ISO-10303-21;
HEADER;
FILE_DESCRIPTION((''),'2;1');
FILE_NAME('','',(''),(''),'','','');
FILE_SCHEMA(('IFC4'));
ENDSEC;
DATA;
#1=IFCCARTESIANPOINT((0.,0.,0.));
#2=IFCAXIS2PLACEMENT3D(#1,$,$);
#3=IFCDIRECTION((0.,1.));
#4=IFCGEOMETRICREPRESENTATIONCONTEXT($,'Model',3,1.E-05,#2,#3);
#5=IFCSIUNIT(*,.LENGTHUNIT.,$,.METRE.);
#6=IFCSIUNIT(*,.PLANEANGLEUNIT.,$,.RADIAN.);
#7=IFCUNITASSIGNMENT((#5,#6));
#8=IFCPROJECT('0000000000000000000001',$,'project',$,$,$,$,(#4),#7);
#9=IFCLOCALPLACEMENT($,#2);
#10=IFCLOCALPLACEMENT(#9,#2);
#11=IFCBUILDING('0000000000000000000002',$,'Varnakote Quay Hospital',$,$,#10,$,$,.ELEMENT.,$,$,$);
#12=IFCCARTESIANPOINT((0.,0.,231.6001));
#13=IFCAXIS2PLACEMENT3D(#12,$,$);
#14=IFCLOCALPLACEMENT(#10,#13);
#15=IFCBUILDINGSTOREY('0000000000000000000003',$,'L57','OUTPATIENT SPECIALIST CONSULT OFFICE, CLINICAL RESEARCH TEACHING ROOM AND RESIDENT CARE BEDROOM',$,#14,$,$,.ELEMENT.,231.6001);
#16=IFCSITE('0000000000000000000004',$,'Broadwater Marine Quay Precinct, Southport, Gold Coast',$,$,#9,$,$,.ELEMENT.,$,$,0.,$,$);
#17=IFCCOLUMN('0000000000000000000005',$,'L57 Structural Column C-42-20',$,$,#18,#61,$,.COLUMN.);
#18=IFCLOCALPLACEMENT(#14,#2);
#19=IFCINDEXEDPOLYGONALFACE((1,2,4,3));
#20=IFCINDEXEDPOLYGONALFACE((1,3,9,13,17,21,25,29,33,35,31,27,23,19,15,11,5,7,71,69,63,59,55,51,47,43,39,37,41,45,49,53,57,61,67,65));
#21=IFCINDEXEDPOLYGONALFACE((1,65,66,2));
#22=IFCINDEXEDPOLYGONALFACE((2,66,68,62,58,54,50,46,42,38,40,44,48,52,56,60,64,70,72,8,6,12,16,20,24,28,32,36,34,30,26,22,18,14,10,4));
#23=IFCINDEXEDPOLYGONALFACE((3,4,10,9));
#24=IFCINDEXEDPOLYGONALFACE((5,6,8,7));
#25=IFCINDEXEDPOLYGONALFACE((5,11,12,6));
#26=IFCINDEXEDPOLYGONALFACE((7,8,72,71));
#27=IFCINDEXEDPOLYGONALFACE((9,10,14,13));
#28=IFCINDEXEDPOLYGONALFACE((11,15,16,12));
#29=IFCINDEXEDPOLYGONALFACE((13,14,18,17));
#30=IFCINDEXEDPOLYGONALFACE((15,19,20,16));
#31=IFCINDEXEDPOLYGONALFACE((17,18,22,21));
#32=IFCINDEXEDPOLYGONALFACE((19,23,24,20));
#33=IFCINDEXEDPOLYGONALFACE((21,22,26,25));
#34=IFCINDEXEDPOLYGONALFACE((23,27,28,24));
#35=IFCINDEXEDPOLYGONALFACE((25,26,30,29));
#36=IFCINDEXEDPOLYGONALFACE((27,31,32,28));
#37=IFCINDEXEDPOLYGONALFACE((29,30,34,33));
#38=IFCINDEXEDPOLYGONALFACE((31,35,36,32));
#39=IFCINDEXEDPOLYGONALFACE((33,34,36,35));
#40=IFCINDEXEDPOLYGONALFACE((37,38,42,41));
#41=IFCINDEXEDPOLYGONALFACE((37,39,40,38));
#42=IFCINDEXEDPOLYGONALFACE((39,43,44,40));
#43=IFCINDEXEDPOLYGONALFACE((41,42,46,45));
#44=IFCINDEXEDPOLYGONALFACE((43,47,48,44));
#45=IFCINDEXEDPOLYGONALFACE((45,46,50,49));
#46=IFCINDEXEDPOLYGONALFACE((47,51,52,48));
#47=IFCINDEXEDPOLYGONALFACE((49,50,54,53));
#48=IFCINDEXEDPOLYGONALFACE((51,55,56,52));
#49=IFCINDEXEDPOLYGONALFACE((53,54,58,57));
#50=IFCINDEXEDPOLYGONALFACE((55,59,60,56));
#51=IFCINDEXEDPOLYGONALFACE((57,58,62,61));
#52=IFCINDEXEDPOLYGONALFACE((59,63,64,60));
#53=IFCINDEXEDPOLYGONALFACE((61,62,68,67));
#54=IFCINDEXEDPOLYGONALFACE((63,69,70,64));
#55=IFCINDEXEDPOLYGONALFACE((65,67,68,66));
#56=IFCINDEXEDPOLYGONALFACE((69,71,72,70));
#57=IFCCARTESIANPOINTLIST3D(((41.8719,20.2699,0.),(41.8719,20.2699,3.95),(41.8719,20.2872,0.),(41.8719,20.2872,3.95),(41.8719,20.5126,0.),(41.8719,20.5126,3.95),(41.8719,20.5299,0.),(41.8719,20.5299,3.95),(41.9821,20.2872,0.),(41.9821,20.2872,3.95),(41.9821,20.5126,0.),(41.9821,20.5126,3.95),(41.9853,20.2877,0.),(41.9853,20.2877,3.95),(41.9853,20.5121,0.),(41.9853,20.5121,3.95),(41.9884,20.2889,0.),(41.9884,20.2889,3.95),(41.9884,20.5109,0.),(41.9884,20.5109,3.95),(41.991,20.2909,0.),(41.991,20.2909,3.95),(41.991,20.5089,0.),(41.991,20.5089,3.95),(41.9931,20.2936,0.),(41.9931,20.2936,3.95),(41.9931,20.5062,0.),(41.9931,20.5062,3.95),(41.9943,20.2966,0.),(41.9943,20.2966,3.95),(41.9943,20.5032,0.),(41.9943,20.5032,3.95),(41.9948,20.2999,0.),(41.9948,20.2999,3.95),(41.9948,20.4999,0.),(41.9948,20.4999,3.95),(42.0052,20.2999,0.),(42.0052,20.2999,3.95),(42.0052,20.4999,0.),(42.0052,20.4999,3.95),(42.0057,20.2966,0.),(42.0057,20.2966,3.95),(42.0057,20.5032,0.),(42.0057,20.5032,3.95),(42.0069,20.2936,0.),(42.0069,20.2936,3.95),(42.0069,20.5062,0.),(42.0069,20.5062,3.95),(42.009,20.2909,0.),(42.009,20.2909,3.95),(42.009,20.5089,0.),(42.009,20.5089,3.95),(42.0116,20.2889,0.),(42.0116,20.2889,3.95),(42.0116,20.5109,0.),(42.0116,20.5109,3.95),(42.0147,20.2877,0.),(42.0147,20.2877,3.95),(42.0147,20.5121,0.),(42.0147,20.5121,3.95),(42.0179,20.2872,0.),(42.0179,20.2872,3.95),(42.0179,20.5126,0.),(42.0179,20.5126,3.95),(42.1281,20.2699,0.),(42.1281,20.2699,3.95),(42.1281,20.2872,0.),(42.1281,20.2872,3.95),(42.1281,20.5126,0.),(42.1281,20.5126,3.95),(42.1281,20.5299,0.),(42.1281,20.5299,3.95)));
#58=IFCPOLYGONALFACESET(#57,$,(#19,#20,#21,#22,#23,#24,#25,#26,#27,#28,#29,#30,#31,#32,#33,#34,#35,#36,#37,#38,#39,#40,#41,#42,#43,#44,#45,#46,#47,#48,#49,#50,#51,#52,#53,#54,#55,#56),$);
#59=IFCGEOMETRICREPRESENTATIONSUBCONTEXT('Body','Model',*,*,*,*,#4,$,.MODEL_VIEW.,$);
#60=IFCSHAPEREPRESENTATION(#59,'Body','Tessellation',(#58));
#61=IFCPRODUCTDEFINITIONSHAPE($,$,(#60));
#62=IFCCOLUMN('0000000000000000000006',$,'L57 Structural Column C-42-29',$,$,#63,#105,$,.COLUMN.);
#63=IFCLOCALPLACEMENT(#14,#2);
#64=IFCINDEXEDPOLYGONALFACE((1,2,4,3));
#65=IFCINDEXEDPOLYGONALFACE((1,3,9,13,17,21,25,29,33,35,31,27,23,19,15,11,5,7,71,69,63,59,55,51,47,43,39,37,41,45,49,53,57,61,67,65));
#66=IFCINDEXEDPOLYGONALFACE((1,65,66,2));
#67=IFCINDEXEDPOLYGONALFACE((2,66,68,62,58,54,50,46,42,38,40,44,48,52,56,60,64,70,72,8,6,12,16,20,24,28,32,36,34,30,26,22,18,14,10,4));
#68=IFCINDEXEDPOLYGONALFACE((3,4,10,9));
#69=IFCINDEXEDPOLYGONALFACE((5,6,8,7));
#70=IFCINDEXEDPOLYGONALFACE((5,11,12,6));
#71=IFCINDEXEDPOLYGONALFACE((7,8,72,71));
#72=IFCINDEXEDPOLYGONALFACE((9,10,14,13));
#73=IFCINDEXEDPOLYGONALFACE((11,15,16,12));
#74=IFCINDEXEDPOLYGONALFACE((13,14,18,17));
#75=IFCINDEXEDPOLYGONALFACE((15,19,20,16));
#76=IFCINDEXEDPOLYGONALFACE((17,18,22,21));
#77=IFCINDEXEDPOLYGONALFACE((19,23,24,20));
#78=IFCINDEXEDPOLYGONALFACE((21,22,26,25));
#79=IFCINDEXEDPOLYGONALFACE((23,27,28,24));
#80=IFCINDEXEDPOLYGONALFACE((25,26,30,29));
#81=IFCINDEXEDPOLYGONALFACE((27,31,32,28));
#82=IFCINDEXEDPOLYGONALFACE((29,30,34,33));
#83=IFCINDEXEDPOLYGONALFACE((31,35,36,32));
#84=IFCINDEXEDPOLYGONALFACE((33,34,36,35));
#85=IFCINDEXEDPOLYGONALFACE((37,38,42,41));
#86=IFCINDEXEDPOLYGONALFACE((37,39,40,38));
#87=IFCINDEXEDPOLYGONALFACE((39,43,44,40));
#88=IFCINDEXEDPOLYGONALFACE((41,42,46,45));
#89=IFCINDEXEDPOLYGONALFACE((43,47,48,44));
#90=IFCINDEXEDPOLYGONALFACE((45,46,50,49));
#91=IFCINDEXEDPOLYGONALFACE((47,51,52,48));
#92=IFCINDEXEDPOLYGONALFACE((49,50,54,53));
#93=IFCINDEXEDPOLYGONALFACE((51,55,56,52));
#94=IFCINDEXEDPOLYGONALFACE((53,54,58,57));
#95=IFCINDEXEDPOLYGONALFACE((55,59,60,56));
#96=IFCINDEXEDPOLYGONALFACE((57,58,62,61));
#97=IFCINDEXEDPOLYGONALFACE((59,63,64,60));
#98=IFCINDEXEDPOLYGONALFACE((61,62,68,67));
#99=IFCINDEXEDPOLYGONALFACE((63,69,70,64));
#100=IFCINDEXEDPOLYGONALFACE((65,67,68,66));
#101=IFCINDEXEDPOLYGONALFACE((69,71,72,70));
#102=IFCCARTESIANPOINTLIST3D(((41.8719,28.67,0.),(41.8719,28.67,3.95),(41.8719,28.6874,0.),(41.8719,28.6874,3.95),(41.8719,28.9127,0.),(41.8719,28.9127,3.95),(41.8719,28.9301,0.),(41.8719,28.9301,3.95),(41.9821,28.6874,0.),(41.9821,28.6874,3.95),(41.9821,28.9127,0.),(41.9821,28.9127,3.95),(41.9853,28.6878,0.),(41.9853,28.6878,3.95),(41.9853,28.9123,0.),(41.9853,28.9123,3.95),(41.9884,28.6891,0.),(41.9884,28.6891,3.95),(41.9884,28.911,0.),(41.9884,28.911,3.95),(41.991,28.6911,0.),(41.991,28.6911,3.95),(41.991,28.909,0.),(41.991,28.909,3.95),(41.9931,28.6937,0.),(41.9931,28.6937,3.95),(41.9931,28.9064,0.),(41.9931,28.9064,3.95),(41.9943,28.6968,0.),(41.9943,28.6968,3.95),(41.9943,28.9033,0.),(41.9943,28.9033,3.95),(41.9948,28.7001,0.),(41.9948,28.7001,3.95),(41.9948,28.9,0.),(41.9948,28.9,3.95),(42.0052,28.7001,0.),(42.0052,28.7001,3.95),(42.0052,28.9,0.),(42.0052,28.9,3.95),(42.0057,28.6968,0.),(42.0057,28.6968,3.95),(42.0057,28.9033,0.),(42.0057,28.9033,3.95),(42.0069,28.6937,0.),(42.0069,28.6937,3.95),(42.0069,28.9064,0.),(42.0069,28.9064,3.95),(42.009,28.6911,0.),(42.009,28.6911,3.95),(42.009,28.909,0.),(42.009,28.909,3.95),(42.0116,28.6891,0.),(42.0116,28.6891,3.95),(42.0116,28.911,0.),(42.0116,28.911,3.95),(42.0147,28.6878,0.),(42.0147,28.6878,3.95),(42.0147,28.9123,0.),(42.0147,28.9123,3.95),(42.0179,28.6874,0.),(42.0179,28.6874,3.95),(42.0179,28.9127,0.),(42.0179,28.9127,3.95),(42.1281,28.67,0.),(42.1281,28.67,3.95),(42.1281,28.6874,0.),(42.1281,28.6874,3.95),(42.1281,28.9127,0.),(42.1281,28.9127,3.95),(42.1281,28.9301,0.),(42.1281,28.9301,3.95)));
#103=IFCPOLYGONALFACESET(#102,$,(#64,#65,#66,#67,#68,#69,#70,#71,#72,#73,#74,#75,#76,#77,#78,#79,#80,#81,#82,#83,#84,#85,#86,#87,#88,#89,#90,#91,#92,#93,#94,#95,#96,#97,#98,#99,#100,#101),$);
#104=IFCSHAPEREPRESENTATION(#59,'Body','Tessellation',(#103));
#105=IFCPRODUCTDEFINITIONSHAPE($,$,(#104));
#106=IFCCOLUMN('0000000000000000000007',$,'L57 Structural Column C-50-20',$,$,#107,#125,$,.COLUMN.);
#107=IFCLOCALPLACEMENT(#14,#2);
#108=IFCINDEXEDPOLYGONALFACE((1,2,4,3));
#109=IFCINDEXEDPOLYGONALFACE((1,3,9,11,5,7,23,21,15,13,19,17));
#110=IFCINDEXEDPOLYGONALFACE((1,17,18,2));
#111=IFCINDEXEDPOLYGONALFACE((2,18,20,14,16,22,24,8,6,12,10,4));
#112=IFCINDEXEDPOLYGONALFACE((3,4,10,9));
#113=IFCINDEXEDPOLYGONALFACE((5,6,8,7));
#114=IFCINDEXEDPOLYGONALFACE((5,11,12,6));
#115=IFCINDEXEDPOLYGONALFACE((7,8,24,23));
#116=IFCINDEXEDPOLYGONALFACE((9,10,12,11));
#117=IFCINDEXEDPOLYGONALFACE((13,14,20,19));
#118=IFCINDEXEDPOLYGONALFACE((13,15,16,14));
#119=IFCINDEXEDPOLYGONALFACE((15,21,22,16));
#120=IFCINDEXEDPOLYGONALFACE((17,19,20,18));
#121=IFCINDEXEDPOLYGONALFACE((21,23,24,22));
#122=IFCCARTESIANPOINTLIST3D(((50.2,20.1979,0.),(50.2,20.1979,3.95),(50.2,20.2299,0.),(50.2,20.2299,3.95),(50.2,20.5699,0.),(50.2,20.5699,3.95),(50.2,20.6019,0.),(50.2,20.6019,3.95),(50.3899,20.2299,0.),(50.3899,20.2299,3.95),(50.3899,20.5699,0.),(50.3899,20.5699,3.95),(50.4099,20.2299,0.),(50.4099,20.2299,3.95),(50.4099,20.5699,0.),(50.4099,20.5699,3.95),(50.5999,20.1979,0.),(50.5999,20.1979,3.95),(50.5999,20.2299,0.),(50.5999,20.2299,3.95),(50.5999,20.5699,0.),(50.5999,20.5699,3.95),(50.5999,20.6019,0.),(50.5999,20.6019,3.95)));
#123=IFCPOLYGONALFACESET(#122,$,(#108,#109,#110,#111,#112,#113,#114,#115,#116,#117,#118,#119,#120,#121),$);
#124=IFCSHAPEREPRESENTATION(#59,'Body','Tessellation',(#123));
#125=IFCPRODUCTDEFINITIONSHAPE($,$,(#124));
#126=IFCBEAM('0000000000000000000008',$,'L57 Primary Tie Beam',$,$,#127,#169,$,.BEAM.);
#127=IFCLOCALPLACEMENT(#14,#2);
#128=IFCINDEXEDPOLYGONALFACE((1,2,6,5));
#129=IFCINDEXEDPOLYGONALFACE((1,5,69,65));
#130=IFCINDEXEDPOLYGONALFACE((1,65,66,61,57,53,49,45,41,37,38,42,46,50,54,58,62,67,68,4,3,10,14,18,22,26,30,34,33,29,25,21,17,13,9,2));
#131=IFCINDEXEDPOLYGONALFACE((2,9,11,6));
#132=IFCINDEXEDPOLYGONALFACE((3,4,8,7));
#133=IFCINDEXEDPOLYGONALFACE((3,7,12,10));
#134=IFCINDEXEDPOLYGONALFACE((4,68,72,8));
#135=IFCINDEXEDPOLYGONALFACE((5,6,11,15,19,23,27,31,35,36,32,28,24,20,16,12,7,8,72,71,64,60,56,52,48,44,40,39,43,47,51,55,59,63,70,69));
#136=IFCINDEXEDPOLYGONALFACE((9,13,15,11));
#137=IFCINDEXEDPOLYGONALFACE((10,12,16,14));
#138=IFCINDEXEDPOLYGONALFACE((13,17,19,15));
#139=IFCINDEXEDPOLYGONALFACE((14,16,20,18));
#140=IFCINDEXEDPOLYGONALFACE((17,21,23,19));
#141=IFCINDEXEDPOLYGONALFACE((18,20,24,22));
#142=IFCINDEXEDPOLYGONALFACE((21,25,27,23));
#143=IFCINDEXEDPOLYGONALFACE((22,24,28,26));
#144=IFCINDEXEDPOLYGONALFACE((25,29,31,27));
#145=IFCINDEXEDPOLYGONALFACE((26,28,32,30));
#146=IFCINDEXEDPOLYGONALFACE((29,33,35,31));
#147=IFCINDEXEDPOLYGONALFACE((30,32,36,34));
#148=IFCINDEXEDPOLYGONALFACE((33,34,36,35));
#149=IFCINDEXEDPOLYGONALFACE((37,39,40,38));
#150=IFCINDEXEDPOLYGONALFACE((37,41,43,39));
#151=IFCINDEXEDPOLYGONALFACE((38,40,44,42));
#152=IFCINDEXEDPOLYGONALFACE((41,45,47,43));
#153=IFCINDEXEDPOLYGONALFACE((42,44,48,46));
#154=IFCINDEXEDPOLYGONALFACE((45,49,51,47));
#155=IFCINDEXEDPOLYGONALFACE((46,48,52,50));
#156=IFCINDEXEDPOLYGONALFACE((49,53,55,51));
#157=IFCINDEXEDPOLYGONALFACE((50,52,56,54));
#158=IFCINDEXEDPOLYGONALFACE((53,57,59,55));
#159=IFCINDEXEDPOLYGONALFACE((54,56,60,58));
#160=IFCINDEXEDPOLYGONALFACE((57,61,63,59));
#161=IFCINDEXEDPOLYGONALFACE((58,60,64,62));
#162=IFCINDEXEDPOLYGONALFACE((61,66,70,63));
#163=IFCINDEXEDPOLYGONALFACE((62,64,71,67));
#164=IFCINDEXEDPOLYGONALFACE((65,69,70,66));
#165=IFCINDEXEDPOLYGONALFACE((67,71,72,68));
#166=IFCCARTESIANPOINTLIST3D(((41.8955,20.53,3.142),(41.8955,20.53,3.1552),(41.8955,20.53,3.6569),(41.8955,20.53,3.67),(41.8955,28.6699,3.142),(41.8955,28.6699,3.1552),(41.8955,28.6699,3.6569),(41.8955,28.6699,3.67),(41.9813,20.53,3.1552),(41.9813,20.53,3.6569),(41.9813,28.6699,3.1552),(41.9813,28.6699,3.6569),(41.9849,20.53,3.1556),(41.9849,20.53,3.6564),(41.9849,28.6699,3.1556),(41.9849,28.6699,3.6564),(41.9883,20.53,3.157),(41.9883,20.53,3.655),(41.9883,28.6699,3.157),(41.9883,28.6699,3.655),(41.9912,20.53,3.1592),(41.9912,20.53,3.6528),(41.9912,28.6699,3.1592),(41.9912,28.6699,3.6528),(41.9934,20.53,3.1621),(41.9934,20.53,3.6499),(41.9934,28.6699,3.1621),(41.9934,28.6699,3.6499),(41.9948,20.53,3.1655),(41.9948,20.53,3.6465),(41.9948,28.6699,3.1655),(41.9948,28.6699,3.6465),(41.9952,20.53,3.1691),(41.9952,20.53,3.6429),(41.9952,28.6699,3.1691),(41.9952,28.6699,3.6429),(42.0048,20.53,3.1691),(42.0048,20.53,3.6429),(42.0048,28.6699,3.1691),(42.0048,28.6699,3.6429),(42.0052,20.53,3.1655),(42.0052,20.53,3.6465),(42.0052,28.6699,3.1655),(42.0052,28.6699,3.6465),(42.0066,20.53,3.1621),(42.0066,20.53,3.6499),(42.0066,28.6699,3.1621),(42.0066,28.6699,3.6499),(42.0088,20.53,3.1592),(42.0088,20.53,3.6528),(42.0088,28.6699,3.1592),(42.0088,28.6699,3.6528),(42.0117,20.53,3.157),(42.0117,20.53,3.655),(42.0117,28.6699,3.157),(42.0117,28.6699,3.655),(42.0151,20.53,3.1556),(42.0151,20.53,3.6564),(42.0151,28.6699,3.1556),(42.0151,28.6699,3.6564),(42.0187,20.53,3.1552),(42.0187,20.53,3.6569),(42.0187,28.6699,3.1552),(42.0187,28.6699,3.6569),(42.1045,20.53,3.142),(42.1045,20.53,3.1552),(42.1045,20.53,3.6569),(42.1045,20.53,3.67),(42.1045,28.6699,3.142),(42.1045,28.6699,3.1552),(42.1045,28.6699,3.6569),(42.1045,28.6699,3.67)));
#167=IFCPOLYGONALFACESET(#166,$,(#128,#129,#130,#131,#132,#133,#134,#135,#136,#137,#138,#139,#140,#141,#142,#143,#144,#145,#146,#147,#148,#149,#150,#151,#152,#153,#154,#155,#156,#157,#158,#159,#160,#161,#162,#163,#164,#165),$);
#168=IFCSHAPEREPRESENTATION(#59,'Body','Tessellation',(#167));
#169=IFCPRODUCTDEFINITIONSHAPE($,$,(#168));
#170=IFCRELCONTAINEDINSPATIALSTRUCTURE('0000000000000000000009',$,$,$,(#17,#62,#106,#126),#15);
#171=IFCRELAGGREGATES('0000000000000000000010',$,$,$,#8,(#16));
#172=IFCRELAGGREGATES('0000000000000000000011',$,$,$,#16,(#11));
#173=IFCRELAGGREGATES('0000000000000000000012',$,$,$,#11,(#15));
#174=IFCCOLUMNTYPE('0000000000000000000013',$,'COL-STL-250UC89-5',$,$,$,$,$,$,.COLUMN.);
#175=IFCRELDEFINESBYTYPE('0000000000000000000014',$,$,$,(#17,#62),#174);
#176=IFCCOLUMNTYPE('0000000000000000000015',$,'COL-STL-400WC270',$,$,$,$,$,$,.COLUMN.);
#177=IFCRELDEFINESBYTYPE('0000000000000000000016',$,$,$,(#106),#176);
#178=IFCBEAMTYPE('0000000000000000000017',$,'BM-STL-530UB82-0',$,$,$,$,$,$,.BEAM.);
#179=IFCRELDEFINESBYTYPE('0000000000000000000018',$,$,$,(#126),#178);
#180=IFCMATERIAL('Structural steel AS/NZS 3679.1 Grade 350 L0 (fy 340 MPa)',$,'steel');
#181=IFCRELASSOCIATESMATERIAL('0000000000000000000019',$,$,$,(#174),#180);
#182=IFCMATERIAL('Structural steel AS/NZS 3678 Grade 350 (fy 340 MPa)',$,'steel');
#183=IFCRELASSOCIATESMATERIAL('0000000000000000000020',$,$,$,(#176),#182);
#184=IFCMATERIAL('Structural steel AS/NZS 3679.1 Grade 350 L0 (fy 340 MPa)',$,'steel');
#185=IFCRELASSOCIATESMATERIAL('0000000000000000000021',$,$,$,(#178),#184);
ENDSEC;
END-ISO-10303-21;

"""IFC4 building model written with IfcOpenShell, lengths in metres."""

from ifc_helpers import new_model, si_unit, direction, frame, origin, origin_2d, place, context, subcontext, project, spatial, i_section, extrude, material, material_profile, profile_set, type_object, element, save


model = new_model("IFC4")

# Units and contexts
model_context = context("Model", 3, precision=1e-05, world=origin(), true_north=direction((0.0, 1.0)))
body_context = subcontext(model_context, "Body", "Model", "MODEL_VIEW")
ifc_project = project(units=[si_unit("LENGTHUNIT", "METRE"), si_unit("PLANEANGLEUNIT", "RADIAN")], contexts=[model_context])

# Site, building, storey
site_placement = place(None, origin())
site = spatial("IfcSite", under=ifc_project, at=site_placement, Name="Broadwater Marine Quay Precinct, Southport, Gold Coast", CompositionType="ELEMENT", RefElevation=0.0)
building_placement = place(site_placement, origin())
building = spatial("IfcBuilding", under=site, at=building_placement, Name="Varnakote Quay Hospital", CompositionType="ELEMENT")
storey_placement = place(building_placement, frame((0.0, 0.0, 231.6001)))
storey = spatial("IfcBuildingStorey", under=building, at=storey_placement, Name="L57", Description="OUTPATIENT SPECIALIST CONSULT OFFICE, CLINICAL RESEARCH TEACHING ROOM AND RESIDENT CARE BEDROOM", CompositionType="ELEMENT", Elevation=231.6001)

# Columns
ifc_material_1 = material(Name="Structural steel AS/NZS 3679.1 Grade 350 L0 (fy 340 MPa)", Category="steel")
ifc_material_profile_1 = material_profile(ifc_material_1, i_section(OverallWidth=0.2561, OverallDepth=0.26, WebThickness=0.0105, FlangeThickness=0.0173, FilletRadius=0.0127, at=origin_2d()), Name="250UC89.5")
ifc_profile_set_1 = profile_set([ifc_material_profile_1], Name="Structural steel AS/NZS 3679.1 Grade 350 L0 (fy 340 MPa)")
column_type_1 = type_object("IfcColumnType", Name="COL-STL-250UC89-5", PredefinedType="COLUMN", material=ifc_profile_set_1)
for number, where, z_axis, x_axis, name in (
    (1, (42.0, 20.3999, 0.0), (0.0, 0.0, 1.0), (1.0, 0.0, 0.0), "L57 Structural Column C-42-20"),
    (2, (42.0, 28.8, 0.0), (0.0, 0.0, 1.0), (1.0, 0.0, 0.0), "L57 Structural Column C-42-29"),
):
    element("IfcColumn", number, at=place(storey_placement, frame(where, z_axis=z_axis, x_axis=x_axis)), inside=storey, type_object=column_type_1, Name=name, PredefinedType="COLUMN", context=body_context, shape_type="SweptSolid", body=[
        extrude(i_section(OverallWidth=0.2561, OverallDepth=0.26, WebThickness=0.0105, FlangeThickness=0.0173, FilletRadius=0.0127, at=origin_2d()), origin(), (0.0, 0.0, 1.0), 3.95),
    ])
ifc_material_2 = material(Name="Structural steel AS/NZS 3678 Grade 350 (fy 340 MPa)", Category="steel")
ifc_material_profile_2 = material_profile(ifc_material_2, i_section(OverallWidth=0.3999, OverallDepth=0.4041, WebThickness=0.02, FlangeThickness=0.032, at=origin_2d()), Name="400WC270")
ifc_profile_set_2 = profile_set([ifc_material_profile_2], Name="Structural steel AS/NZS 3678 Grade 350 (fy 340 MPa)")
column_type_2 = type_object("IfcColumnType", Name="COL-STL-400WC270", PredefinedType="COLUMN", material=ifc_profile_set_2)
column_placement = place(storey_placement, frame((50.3999, 20.3999, 0.0), z_axis=(0.0, 0.0, 1.0), x_axis=(1.0, 0.0, 0.0)))
element("IfcColumn", 3, at=column_placement, inside=storey, type_object=column_type_2, Name="L57 Structural Column C-50-20", PredefinedType="COLUMN", context=body_context, shape_type="SweptSolid", body=[
    extrude(i_section(OverallWidth=0.3999, OverallDepth=0.4041, WebThickness=0.02, FlangeThickness=0.032, at=origin_2d()), origin(), (0.0, 0.0, 1.0), 3.95),
])

# Beam
ifc_material_3 = material(Name="Structural steel AS/NZS 3679.1 Grade 350 L0 (fy 340 MPa)", Category="steel")
ifc_material_profile_3 = material_profile(ifc_material_3, i_section(OverallWidth=0.209, OverallDepth=0.5281, WebThickness=0.0095, FlangeThickness=0.0132, FilletRadius=0.0139, at=origin_2d()), Name="530UB82.0")
ifc_profile_set_3 = profile_set([ifc_material_profile_3], Name="Structural steel AS/NZS 3679.1 Grade 350 L0 (fy 340 MPa)")
beam_type = type_object("IfcBeamType", Name="BM-STL-530UB82-0", PredefinedType="BEAM", material=ifc_profile_set_3)
beam_placement = place(storey_placement, frame((42.0, 20.53, 3.406), z_axis=(0.0, 1.0, 0.0), x_axis=(-1.0, 0.0, 0.0)))
element("IfcBeam", 4, at=beam_placement, inside=storey, type_object=beam_type, Name="L57 Primary Tie Beam", PredefinedType="BEAM", context=body_context, shape_type="SweptSolid", body=[
    extrude(i_section(OverallWidth=0.209, OverallDepth=0.5281, WebThickness=0.0095, FlangeThickness=0.0132, FilletRadius=0.0139, at=origin_2d()), origin(), (0.0, 0.0, 1.0), 8.1399),
])

save(model, "model.ifc")
